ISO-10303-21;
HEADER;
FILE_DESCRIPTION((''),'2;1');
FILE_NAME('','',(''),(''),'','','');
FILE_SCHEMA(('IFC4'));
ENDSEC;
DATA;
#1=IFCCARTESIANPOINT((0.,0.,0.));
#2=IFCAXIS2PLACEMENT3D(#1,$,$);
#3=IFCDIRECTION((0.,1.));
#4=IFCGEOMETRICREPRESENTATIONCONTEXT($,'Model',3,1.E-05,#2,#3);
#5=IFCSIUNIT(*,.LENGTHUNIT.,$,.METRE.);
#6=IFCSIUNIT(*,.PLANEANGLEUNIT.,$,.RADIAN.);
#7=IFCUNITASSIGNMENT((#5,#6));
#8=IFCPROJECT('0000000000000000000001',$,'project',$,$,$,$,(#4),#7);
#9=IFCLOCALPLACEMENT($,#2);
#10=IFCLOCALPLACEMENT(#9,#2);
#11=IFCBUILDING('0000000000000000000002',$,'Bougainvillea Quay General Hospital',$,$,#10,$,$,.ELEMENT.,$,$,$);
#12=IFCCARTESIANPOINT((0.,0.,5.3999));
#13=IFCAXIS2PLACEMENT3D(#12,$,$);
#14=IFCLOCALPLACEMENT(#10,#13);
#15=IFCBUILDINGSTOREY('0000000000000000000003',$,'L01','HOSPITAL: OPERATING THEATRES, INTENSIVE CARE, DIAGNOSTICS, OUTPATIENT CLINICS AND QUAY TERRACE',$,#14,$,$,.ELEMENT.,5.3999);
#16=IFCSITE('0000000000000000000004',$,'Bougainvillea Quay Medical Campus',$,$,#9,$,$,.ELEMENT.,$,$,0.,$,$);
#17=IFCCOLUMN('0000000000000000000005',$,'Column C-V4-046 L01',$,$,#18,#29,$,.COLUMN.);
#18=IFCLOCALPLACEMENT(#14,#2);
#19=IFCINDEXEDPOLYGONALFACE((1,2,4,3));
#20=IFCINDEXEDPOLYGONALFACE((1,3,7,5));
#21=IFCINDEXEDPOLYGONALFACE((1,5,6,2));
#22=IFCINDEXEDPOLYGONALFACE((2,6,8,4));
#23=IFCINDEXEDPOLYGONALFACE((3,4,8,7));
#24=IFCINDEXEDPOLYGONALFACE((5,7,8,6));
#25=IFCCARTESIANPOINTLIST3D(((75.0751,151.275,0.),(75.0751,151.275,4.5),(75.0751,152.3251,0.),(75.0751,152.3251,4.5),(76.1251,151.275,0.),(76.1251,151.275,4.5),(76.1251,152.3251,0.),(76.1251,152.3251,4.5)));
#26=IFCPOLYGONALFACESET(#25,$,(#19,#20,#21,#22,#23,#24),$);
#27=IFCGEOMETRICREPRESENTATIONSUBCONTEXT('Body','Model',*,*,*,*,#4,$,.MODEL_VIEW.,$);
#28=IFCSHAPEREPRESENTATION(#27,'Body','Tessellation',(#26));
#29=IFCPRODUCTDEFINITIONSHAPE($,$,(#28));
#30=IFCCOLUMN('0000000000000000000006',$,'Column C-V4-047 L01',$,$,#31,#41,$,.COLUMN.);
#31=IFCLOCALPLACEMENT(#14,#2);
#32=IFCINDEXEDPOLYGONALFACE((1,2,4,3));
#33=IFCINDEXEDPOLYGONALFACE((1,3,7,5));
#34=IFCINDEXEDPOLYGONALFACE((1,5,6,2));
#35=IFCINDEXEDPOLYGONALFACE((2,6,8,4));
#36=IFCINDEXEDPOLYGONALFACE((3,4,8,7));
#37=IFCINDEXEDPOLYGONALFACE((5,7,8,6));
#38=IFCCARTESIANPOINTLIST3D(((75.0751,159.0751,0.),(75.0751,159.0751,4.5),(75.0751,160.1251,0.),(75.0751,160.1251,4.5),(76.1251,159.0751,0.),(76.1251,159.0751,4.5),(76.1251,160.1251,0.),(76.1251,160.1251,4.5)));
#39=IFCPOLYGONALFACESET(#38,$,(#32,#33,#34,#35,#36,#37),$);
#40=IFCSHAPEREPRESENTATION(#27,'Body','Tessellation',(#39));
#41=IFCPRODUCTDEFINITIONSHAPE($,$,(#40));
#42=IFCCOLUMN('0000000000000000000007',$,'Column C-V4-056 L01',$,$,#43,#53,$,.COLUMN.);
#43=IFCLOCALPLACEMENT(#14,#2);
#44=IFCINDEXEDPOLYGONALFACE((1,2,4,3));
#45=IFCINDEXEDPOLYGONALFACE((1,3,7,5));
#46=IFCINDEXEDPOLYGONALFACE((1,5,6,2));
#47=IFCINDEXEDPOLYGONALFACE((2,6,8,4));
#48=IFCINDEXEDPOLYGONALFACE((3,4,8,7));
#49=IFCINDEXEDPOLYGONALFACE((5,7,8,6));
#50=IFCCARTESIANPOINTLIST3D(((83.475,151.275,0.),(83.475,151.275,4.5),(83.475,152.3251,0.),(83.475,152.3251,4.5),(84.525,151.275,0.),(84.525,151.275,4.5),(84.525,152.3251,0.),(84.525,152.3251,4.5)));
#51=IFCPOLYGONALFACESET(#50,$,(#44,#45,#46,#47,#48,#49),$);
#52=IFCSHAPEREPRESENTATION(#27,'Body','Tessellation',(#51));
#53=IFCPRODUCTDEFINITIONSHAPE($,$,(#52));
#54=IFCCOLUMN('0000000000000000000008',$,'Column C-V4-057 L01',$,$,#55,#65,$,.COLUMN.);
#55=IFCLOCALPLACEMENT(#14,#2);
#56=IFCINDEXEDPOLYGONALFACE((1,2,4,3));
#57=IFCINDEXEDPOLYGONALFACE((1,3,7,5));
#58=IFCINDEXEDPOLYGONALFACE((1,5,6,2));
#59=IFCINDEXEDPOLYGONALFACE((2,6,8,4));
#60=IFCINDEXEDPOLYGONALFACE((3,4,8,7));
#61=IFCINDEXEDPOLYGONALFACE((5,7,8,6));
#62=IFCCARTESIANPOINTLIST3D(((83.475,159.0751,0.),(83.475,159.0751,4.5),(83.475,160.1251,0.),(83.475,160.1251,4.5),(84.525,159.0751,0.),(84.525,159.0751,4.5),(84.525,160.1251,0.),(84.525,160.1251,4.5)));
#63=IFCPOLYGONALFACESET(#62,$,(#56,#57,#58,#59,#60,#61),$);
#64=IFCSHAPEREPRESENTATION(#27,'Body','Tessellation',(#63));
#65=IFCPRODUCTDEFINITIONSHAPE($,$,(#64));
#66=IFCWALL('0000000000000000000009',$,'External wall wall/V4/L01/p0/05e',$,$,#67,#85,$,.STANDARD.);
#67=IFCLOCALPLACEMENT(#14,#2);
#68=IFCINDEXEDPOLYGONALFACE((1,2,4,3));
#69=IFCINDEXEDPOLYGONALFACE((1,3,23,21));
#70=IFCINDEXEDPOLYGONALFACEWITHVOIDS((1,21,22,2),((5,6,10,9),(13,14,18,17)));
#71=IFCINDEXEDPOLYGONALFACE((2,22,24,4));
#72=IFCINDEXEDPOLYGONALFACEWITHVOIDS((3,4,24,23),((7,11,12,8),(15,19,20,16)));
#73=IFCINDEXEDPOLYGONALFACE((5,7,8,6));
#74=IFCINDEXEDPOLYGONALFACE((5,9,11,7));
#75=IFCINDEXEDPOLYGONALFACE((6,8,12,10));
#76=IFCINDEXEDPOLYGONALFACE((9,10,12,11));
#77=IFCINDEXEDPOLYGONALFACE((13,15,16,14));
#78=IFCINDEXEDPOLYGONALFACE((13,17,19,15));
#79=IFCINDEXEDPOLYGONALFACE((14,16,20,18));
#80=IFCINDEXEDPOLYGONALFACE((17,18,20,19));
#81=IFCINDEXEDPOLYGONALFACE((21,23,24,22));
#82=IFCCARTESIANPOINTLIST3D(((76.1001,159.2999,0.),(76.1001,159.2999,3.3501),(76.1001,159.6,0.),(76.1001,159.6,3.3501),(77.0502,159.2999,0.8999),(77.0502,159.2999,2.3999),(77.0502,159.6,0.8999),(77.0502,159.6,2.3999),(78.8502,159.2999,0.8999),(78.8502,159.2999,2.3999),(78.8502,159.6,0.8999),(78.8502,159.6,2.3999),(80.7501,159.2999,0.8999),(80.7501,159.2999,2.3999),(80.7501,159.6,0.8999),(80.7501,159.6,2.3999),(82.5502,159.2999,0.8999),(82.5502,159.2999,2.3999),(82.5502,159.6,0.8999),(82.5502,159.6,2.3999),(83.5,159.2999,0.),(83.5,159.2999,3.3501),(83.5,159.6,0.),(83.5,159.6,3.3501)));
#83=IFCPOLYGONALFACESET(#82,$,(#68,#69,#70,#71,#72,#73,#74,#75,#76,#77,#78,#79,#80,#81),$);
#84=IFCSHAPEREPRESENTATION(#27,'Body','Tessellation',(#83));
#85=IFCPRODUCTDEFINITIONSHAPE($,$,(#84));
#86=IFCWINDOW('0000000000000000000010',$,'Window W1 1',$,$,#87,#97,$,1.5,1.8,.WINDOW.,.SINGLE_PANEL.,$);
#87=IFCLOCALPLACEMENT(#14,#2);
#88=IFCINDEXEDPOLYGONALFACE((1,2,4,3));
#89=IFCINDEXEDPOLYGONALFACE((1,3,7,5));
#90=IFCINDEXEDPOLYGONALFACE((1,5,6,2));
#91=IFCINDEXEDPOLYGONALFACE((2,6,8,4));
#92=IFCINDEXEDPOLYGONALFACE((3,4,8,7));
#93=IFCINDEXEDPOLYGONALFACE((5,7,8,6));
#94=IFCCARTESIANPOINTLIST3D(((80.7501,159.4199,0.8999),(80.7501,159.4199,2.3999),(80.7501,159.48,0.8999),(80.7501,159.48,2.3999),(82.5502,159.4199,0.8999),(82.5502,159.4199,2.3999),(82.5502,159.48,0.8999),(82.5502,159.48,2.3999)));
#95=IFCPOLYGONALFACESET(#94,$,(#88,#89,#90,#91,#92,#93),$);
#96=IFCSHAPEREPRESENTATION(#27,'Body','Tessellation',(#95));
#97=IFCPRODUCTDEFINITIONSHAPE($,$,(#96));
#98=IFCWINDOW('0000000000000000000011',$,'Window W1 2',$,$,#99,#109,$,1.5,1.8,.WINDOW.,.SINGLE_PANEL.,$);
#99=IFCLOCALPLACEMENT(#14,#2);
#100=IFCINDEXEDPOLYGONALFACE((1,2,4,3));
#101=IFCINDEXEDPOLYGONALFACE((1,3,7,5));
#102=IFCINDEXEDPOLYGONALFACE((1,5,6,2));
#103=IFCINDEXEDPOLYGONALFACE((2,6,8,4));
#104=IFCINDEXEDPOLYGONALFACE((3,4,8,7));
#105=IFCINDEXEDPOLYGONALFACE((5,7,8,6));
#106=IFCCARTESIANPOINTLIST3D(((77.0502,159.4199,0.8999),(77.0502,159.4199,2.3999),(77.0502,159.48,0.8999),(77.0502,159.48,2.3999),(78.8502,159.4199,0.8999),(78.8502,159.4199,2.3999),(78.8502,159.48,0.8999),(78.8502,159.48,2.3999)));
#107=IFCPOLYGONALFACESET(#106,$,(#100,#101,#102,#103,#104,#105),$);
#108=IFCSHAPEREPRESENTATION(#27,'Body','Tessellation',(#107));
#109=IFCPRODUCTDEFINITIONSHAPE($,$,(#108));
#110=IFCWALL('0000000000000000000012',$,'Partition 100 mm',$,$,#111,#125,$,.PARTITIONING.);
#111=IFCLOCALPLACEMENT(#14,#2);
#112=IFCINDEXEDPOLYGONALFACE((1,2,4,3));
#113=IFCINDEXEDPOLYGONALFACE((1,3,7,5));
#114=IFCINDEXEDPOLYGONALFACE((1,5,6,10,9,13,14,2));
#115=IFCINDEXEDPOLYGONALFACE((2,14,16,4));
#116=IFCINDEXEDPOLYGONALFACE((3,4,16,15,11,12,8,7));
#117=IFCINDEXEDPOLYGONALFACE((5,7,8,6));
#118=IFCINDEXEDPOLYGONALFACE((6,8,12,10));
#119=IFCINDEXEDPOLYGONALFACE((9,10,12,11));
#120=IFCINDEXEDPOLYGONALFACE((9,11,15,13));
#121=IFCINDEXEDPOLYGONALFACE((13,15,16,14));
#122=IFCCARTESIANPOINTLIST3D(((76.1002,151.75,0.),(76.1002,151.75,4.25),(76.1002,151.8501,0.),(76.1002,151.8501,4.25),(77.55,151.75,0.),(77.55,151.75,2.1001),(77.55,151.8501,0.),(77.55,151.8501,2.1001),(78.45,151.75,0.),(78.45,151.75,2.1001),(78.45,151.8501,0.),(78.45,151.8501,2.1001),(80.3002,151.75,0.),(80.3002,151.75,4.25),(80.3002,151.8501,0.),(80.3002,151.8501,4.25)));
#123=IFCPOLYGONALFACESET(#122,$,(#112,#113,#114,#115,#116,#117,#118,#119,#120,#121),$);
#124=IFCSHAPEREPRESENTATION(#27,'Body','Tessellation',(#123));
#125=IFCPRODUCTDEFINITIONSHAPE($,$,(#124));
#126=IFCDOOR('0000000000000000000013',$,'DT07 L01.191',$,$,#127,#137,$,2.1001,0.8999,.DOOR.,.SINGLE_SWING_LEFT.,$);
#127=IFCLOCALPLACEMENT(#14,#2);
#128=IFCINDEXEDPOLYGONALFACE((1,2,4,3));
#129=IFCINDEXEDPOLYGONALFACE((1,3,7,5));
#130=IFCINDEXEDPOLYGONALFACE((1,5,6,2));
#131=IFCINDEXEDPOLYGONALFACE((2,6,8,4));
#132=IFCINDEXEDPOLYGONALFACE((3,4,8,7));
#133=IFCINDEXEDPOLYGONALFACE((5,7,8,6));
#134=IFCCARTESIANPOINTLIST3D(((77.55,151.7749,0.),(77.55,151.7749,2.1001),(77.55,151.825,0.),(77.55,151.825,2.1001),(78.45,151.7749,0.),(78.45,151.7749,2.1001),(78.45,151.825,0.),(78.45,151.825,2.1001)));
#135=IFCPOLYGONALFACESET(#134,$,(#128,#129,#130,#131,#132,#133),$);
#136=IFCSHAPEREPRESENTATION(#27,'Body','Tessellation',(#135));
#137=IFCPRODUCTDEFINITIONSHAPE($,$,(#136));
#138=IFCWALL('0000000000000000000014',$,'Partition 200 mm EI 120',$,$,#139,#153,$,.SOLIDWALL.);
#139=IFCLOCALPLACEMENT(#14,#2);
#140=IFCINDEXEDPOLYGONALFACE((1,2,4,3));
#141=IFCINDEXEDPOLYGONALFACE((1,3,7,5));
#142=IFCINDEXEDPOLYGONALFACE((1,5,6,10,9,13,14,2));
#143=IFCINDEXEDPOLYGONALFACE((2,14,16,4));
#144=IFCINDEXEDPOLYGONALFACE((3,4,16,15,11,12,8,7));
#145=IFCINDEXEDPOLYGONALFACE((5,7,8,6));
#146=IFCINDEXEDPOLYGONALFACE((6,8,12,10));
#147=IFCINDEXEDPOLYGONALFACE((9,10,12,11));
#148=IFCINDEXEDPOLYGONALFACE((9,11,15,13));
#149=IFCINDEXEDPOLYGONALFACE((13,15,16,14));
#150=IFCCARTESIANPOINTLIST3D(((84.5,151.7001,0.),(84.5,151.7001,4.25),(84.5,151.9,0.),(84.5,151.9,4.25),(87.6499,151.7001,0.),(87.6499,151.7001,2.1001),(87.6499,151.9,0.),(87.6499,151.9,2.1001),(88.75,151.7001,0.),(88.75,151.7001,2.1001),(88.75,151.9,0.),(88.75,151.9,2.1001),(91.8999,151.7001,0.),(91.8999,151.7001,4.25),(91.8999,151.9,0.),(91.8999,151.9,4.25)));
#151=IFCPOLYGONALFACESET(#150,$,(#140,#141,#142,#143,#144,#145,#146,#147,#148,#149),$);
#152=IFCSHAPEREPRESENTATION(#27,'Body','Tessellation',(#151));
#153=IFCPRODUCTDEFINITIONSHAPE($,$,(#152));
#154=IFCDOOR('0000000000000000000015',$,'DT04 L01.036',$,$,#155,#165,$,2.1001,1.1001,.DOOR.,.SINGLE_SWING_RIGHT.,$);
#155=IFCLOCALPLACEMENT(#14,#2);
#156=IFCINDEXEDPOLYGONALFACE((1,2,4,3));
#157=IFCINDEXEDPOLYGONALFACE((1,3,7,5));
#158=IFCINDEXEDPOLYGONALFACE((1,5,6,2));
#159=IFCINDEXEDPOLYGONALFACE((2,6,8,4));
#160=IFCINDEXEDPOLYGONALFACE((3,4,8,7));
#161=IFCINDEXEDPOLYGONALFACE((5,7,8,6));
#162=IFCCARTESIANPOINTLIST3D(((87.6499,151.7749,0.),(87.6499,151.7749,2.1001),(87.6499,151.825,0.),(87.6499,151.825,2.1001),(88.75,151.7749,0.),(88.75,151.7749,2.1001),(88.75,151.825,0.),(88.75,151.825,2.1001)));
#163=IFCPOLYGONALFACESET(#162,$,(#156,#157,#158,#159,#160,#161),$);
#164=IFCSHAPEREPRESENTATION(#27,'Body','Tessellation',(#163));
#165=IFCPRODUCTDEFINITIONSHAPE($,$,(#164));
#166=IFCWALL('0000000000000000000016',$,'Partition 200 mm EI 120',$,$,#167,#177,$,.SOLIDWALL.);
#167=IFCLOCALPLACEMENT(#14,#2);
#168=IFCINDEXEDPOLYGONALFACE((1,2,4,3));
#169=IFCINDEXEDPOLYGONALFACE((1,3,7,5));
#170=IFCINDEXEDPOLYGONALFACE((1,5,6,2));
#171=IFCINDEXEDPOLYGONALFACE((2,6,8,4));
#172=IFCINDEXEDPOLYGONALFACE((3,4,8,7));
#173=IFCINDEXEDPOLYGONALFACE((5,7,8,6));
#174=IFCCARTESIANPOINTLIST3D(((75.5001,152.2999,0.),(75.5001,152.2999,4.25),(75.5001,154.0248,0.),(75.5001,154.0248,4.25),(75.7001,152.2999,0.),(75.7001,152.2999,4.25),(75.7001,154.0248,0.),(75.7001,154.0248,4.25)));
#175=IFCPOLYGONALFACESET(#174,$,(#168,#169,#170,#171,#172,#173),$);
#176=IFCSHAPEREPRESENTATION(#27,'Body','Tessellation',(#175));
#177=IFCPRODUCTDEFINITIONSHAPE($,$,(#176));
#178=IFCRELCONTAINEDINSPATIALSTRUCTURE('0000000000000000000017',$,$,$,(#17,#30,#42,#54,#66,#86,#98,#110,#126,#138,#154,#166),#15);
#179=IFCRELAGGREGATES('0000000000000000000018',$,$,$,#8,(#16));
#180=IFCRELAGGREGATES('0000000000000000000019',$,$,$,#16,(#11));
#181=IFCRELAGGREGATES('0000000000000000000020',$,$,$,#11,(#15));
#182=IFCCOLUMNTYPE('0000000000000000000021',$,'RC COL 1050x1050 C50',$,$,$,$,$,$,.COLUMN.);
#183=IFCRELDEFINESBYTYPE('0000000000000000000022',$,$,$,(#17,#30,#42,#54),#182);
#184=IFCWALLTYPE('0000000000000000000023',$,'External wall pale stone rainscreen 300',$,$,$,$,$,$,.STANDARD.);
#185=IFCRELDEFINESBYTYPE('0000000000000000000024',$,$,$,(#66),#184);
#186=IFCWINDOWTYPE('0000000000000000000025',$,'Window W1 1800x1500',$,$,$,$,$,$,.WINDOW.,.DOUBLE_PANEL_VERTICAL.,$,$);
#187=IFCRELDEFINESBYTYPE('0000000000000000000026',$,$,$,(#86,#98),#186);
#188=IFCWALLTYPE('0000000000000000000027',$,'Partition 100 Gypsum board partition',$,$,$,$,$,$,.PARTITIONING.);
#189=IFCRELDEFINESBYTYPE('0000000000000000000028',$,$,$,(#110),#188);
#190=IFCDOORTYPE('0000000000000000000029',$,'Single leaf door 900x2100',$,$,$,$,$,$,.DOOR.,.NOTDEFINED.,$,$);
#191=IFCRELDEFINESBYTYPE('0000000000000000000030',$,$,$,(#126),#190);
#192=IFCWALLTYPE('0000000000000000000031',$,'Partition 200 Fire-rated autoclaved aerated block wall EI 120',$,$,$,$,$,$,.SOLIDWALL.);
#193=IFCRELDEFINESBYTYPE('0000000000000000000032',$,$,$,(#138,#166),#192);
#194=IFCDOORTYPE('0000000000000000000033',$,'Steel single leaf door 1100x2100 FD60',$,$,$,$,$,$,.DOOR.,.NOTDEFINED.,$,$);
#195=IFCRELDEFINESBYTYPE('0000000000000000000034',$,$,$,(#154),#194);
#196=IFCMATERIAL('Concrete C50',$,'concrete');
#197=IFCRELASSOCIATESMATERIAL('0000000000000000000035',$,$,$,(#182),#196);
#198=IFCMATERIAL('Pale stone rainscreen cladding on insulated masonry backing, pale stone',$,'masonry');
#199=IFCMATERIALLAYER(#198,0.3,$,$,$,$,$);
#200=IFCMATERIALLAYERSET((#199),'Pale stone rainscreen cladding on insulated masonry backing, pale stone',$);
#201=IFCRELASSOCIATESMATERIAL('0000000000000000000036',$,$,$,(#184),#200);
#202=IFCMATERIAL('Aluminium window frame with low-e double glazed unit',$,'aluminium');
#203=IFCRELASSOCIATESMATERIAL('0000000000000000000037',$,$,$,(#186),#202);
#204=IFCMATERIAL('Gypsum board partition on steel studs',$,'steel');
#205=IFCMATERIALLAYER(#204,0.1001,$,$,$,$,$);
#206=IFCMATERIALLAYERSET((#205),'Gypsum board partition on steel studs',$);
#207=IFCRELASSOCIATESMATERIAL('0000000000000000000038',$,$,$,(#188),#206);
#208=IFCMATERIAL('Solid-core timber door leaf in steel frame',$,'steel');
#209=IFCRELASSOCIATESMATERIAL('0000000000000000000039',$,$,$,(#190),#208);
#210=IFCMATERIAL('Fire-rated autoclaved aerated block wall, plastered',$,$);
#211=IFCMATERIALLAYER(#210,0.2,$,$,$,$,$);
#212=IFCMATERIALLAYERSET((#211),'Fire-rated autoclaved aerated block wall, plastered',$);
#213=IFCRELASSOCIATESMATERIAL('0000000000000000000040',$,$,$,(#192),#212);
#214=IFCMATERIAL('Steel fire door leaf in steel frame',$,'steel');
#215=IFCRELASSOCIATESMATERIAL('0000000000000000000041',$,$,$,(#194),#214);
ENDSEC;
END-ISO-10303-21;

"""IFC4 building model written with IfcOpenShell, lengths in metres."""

from ifc_helpers import new_model, si_unit, direction, frame, frame_2d, origin, origin_2d, place, context, subcontext, project, spatial, rectangle, extrude, material, layer, layer_set, material_profile, profile_set, type_object, element, fill, save


model = new_model("IFC4")

# Units and contexts
model_context = context("Model", 3, precision=1e-05, world=origin(), true_north=direction((0.0, 1.0)))
body_context = subcontext(model_context, "Body", "Model", "MODEL_VIEW")
ifc_project = project(units=[si_unit("LENGTHUNIT", "METRE"), si_unit("PLANEANGLEUNIT", "RADIAN")], contexts=[model_context])

# Site, building, storey
site_placement = place(None, origin())
site = spatial("IfcSite", under=ifc_project, at=site_placement, Name="Bougainvillea Quay Medical Campus", CompositionType="ELEMENT", RefElevation=0.0)
building_placement = place(site_placement, origin())
building = spatial("IfcBuilding", under=site, at=building_placement, Name="Bougainvillea Quay General Hospital", CompositionType="ELEMENT")
storey_placement = place(building_placement, frame((0.0, 0.0, 5.3999)))
storey = spatial("IfcBuildingStorey", under=building, at=storey_placement, Name="L01", Description="HOSPITAL: OPERATING THEATRES, INTENSIVE CARE, DIAGNOSTICS, OUTPATIENT CLINICS AND QUAY TERRACE", CompositionType="ELEMENT", Elevation=5.3999)

# Columns
ifc_material_1 = material(Name="Concrete C50", Category="concrete")
ifc_material_profile = material_profile(ifc_material_1, rectangle(XDim=1.05, YDim=1.05, at=origin_2d()))
ifc_profile_set = profile_set([ifc_material_profile], Name="Concrete C50")
column_type = type_object("IfcColumnType", Name="RC COL 1050x1050 C50", PredefinedType="COLUMN", material=ifc_profile_set)
for number, where, z_axis, x_axis, name in (
    (1, (75.6001, 151.8, 0.0), (0.0, 0.0, 1.0), (1.0, 0.0, 0.0), "Column C-V4-046 L01"),
    (2, (75.6001, 159.6001, 0.0), (0.0, 0.0, 1.0), (1.0, 0.0, 0.0), "Column C-V4-047 L01"),
    (3, (84.0, 151.8, 0.0), (0.0, 0.0, 1.0), (1.0, 0.0, 0.0), "Column C-V4-056 L01"),
    (4, (84.0, 159.6001, 0.0), (0.0, 0.0, 1.0), (1.0, 0.0, 0.0), "Column C-V4-057 L01"),
):
    element("IfcColumn", number, at=place(storey_placement, frame(where, z_axis=z_axis, x_axis=x_axis)), inside=storey, type_object=column_type, Name=name, PredefinedType="COLUMN", context=body_context, shape_type="SweptSolid", body=[
        extrude(rectangle(XDim=1.05, YDim=1.05, at=origin_2d()), origin(), (0.0, 0.0, 1.0), 4.5),
    ])

# Wall, openings, windows
ifc_material_2 = material(Name="Pale stone rainscreen cladding on insulated masonry backing, pale stone", Category="masonry")
ifc_layer_1 = layer(ifc_material_2, 0.3)
ifc_layer_set_1 = layer_set([ifc_layer_1], Name="Pale stone rainscreen cladding on insulated masonry backing, pale stone")
wall_type_1 = type_object("IfcWallType", Name="External wall pale stone rainscreen 300", PredefinedType="STANDARD", material=ifc_layer_set_1)
wall_1_placement = place(storey_placement, frame((83.5, 159.45, 0.0), z_axis=(0.0, 0.0, 1.0), x_axis=(-1.0, 0.0, 0.0)))
wall_1 = element("IfcWall", 5, at=wall_1_placement, inside=storey, type_object=wall_type_1, Name="External wall wall/V4/L01/p0/05e", PredefinedType="STANDARD", context=body_context, shape_type="SweptSolid", body=[
    extrude(rectangle(XDim=7.3999, YDim=0.3, at=frame_2d((3.7, 0.0))), origin(), (0.0, 0.0, 1.0), 3.3501),
])
opening_1_placement = place(wall_1_placement, frame((0.95, 0.0, 0.8999)))
opening_1 = element("IfcOpeningElement", 6, at=opening_1_placement, cuts=wall_1, PredefinedType="OPENING", context=body_context, shape_type="SweptSolid", body=[
    extrude(rectangle(XDim=1.8, YDim=1.5, at=frame_2d((0.8999, 0.75))), frame((0.0, 0.1599, 0.0), z_axis=(0.0, -1.0, 0.0), x_axis=(1.0, 0.0, 0.0)), (0.0, 0.0, 1.0), 0.3201),
])
opening_2_placement = place(wall_1_placement, frame((4.6499, 0.0, 0.8999)))
opening_2 = element("IfcOpeningElement", 7, at=opening_2_placement, cuts=wall_1, PredefinedType="OPENING", context=body_context, shape_type="SweptSolid", body=[
    extrude(rectangle(XDim=1.8, YDim=1.5, at=frame_2d((0.8999, 0.75))), frame((0.0, 0.1599, 0.0), z_axis=(0.0, -1.0, 0.0), x_axis=(1.0, 0.0, 0.0)), (0.0, 0.0, 1.0), 0.3201),
])
ifc_material_3 = material(Name="Aluminium window frame with low-e double glazed unit", Category="aluminium")
window_type = type_object("IfcWindowType", Name="Window W1 1800x1500", PartitioningType="DOUBLE_PANEL_VERTICAL", PredefinedType="WINDOW", material=ifc_material_3)
window_1_placement = place(opening_1_placement, origin())
window_1 = element("IfcWindow", 8, at=window_1_placement, inside=storey, type_object=window_type, Name="Window W1 1", OverallHeight=1.5, OverallWidth=1.8, PartitioningType="SINGLE_PANEL", PredefinedType="WINDOW", context=body_context, shape_type="SweptSolid", body=[
    extrude(rectangle(XDim=1.8, YDim=1.5, at=frame_2d((0.8999, 0.75))), frame((0.0, 0.03, 0.0), z_axis=(0.0, -1.0, 0.0), x_axis=(1.0, 0.0, 0.0)), (0.0, 0.0, 1.0), 0.0601),
])
fill(opening_1, window_1)
window_2_placement = place(opening_2_placement, origin())
window_2 = element("IfcWindow", 9, at=window_2_placement, inside=storey, type_object=window_type, Name="Window W1 2", OverallHeight=1.5, OverallWidth=1.8, PartitioningType="SINGLE_PANEL", PredefinedType="WINDOW", context=body_context, shape_type="SweptSolid", body=[
    extrude(rectangle(XDim=1.8, YDim=1.5, at=frame_2d((0.8999, 0.75))), frame((0.0, 0.03, 0.0), z_axis=(0.0, -1.0, 0.0), x_axis=(1.0, 0.0, 0.0)), (0.0, 0.0, 1.0), 0.0601),
])
fill(opening_2, window_2)

# Walls, openings, doors
ifc_material_4 = material(Name="Gypsum board partition on steel studs", Category="steel")
ifc_layer_2 = layer(ifc_material_4, 0.1001)
ifc_layer_set_2 = layer_set([ifc_layer_2], Name="Gypsum board partition on steel studs")
wall_type_2 = type_object("IfcWallType", Name="Partition 100 Gypsum board partition", PredefinedType="PARTITIONING", material=ifc_layer_set_2)
wall_2_placement = place(storey_placement, frame((76.1001, 151.8, 0.0), z_axis=(0.0, 0.0, 1.0), x_axis=(1.0, 0.0, 0.0)))
wall_2 = element("IfcWall", 10, at=wall_2_placement, inside=storey, type_object=wall_type_2, Name="Partition 100 mm", PredefinedType="PARTITIONING", context=body_context, shape_type="SweptSolid", body=[
    extrude(rectangle(XDim=4.2, YDim=0.1001, at=frame_2d((2.1001, 0.0))), origin(), (0.0, 0.0, 1.0), 4.25),
])
opening_3_placement = place(wall_2_placement, frame((1.45, 0.0, 0.0)))
opening_3 = element("IfcOpeningElement", 11, at=opening_3_placement, cuts=wall_2, PredefinedType="OPENING", context=body_context, shape_type="SweptSolid", body=[
    extrude(rectangle(XDim=0.8999, YDim=2.1001, at=frame_2d((0.45, 1.05))), frame((0.0, 0.0601, 0.0), z_axis=(0.0, -1.0, 0.0), x_axis=(1.0, 0.0, 0.0)), (0.0, 0.0, 1.0), 0.1201),
])
ifc_material_5 = material(Name="Solid-core timber door leaf in steel frame", Category="steel")
door_type_1 = type_object("IfcDoorType", Name="Single leaf door 900x2100", OperationType="NOTDEFINED", PredefinedType="DOOR", material=ifc_material_5)
door_1_placement = place(opening_3_placement, origin())
door_1 = element("IfcDoor", 12, at=door_1_placement, inside=storey, type_object=door_type_1, Name="DT07 L01.191", OperationType="SINGLE_SWING_LEFT", OverallHeight=2.1001, OverallWidth=0.8999, PredefinedType="DOOR", context=body_context, shape_type="SweptSolid", body=[
    extrude(rectangle(XDim=0.8999, YDim=2.1001, at=frame_2d((0.45, 1.05))), frame((0.0, 0.0249, 0.0), z_axis=(0.0, -1.0, 0.0), x_axis=(1.0, 0.0, 0.0)), (0.0, 0.0, 1.0), 0.05),
])
fill(opening_3, door_1)
ifc_material_6 = material(Name="Fire-rated autoclaved aerated block wall, plastered")
ifc_layer_3 = layer(ifc_material_6, 0.2)
ifc_layer_set_3 = layer_set([ifc_layer_3], Name="Fire-rated autoclaved aerated block wall, plastered")
wall_type_3 = type_object("IfcWallType", Name="Partition 200 Fire-rated autoclaved aerated block wall EI 120", PredefinedType="SOLIDWALL", material=ifc_layer_set_3)
wall_3_placement = place(storey_placement, frame((84.5, 151.8, 0.0), z_axis=(0.0, 0.0, 1.0), x_axis=(1.0, 0.0, 0.0)))
wall_3 = element("IfcWall", 13, at=wall_3_placement, inside=storey, type_object=wall_type_3, Name="Partition 200 mm EI 120", PredefinedType="SOLIDWALL", context=body_context, shape_type="SweptSolid", body=[
    extrude(rectangle(XDim=7.3999, YDim=0.2, at=frame_2d((3.7, 0.0))), origin(), (0.0, 0.0, 1.0), 4.25),
])
opening_4_placement = place(wall_3_placement, frame((3.1499, 0.0, 0.0)))
opening_4 = element("IfcOpeningElement", 14, at=opening_4_placement, cuts=wall_3, PredefinedType="OPENING", context=body_context, shape_type="SweptSolid", body=[
    extrude(rectangle(XDim=1.1001, YDim=2.1001, at=frame_2d((0.55, 1.05))), frame((0.0, 0.1099, 0.0), z_axis=(0.0, -1.0, 0.0), x_axis=(1.0, 0.0, 0.0)), (0.0, 0.0, 1.0), 0.22),
])
ifc_material_7 = material(Name="Steel fire door leaf in steel frame", Category="steel")
door_type_2 = type_object("IfcDoorType", Name="Steel single leaf door 1100x2100 FD60", OperationType="NOTDEFINED", PredefinedType="DOOR", material=ifc_material_7)
door_2_placement = place(opening_4_placement, origin())
door_2 = element("IfcDoor", 15, at=door_2_placement, inside=storey, type_object=door_type_2, Name="DT04 L01.036", OperationType="SINGLE_SWING_RIGHT", OverallHeight=2.1001, OverallWidth=1.1001, PredefinedType="DOOR", context=body_context, shape_type="SweptSolid", body=[
    extrude(rectangle(XDim=1.1001, YDim=2.1001, at=frame_2d((0.55, 1.05))), frame((0.0, 0.0249, 0.0), z_axis=(0.0, -1.0, 0.0), x_axis=(1.0, 0.0, 0.0)), (0.0, 0.0, 1.0), 0.05),
])
fill(opening_4, door_2)

# Wall
for number, where, z_axis, x_axis, name in (
    (16, (75.6001, 152.3, 0.0), (0.0, 0.0, 1.0), (0.0, 1.0, 0.0), "Partition 200 mm EI 120"),
):
    element("IfcWall", number, at=place(storey_placement, frame(where, z_axis=z_axis, x_axis=x_axis)), inside=storey, type_object=wall_type_3, Name=name, PredefinedType="SOLIDWALL", context=body_context, shape_type="SweptSolid", body=[
        extrude(rectangle(XDim=1.7249, YDim=0.2, at=frame_2d((0.8623, 0.0))), origin(), (0.0, 0.0, 1.0), 4.25),
    ])

save(model, "model.ifc")
